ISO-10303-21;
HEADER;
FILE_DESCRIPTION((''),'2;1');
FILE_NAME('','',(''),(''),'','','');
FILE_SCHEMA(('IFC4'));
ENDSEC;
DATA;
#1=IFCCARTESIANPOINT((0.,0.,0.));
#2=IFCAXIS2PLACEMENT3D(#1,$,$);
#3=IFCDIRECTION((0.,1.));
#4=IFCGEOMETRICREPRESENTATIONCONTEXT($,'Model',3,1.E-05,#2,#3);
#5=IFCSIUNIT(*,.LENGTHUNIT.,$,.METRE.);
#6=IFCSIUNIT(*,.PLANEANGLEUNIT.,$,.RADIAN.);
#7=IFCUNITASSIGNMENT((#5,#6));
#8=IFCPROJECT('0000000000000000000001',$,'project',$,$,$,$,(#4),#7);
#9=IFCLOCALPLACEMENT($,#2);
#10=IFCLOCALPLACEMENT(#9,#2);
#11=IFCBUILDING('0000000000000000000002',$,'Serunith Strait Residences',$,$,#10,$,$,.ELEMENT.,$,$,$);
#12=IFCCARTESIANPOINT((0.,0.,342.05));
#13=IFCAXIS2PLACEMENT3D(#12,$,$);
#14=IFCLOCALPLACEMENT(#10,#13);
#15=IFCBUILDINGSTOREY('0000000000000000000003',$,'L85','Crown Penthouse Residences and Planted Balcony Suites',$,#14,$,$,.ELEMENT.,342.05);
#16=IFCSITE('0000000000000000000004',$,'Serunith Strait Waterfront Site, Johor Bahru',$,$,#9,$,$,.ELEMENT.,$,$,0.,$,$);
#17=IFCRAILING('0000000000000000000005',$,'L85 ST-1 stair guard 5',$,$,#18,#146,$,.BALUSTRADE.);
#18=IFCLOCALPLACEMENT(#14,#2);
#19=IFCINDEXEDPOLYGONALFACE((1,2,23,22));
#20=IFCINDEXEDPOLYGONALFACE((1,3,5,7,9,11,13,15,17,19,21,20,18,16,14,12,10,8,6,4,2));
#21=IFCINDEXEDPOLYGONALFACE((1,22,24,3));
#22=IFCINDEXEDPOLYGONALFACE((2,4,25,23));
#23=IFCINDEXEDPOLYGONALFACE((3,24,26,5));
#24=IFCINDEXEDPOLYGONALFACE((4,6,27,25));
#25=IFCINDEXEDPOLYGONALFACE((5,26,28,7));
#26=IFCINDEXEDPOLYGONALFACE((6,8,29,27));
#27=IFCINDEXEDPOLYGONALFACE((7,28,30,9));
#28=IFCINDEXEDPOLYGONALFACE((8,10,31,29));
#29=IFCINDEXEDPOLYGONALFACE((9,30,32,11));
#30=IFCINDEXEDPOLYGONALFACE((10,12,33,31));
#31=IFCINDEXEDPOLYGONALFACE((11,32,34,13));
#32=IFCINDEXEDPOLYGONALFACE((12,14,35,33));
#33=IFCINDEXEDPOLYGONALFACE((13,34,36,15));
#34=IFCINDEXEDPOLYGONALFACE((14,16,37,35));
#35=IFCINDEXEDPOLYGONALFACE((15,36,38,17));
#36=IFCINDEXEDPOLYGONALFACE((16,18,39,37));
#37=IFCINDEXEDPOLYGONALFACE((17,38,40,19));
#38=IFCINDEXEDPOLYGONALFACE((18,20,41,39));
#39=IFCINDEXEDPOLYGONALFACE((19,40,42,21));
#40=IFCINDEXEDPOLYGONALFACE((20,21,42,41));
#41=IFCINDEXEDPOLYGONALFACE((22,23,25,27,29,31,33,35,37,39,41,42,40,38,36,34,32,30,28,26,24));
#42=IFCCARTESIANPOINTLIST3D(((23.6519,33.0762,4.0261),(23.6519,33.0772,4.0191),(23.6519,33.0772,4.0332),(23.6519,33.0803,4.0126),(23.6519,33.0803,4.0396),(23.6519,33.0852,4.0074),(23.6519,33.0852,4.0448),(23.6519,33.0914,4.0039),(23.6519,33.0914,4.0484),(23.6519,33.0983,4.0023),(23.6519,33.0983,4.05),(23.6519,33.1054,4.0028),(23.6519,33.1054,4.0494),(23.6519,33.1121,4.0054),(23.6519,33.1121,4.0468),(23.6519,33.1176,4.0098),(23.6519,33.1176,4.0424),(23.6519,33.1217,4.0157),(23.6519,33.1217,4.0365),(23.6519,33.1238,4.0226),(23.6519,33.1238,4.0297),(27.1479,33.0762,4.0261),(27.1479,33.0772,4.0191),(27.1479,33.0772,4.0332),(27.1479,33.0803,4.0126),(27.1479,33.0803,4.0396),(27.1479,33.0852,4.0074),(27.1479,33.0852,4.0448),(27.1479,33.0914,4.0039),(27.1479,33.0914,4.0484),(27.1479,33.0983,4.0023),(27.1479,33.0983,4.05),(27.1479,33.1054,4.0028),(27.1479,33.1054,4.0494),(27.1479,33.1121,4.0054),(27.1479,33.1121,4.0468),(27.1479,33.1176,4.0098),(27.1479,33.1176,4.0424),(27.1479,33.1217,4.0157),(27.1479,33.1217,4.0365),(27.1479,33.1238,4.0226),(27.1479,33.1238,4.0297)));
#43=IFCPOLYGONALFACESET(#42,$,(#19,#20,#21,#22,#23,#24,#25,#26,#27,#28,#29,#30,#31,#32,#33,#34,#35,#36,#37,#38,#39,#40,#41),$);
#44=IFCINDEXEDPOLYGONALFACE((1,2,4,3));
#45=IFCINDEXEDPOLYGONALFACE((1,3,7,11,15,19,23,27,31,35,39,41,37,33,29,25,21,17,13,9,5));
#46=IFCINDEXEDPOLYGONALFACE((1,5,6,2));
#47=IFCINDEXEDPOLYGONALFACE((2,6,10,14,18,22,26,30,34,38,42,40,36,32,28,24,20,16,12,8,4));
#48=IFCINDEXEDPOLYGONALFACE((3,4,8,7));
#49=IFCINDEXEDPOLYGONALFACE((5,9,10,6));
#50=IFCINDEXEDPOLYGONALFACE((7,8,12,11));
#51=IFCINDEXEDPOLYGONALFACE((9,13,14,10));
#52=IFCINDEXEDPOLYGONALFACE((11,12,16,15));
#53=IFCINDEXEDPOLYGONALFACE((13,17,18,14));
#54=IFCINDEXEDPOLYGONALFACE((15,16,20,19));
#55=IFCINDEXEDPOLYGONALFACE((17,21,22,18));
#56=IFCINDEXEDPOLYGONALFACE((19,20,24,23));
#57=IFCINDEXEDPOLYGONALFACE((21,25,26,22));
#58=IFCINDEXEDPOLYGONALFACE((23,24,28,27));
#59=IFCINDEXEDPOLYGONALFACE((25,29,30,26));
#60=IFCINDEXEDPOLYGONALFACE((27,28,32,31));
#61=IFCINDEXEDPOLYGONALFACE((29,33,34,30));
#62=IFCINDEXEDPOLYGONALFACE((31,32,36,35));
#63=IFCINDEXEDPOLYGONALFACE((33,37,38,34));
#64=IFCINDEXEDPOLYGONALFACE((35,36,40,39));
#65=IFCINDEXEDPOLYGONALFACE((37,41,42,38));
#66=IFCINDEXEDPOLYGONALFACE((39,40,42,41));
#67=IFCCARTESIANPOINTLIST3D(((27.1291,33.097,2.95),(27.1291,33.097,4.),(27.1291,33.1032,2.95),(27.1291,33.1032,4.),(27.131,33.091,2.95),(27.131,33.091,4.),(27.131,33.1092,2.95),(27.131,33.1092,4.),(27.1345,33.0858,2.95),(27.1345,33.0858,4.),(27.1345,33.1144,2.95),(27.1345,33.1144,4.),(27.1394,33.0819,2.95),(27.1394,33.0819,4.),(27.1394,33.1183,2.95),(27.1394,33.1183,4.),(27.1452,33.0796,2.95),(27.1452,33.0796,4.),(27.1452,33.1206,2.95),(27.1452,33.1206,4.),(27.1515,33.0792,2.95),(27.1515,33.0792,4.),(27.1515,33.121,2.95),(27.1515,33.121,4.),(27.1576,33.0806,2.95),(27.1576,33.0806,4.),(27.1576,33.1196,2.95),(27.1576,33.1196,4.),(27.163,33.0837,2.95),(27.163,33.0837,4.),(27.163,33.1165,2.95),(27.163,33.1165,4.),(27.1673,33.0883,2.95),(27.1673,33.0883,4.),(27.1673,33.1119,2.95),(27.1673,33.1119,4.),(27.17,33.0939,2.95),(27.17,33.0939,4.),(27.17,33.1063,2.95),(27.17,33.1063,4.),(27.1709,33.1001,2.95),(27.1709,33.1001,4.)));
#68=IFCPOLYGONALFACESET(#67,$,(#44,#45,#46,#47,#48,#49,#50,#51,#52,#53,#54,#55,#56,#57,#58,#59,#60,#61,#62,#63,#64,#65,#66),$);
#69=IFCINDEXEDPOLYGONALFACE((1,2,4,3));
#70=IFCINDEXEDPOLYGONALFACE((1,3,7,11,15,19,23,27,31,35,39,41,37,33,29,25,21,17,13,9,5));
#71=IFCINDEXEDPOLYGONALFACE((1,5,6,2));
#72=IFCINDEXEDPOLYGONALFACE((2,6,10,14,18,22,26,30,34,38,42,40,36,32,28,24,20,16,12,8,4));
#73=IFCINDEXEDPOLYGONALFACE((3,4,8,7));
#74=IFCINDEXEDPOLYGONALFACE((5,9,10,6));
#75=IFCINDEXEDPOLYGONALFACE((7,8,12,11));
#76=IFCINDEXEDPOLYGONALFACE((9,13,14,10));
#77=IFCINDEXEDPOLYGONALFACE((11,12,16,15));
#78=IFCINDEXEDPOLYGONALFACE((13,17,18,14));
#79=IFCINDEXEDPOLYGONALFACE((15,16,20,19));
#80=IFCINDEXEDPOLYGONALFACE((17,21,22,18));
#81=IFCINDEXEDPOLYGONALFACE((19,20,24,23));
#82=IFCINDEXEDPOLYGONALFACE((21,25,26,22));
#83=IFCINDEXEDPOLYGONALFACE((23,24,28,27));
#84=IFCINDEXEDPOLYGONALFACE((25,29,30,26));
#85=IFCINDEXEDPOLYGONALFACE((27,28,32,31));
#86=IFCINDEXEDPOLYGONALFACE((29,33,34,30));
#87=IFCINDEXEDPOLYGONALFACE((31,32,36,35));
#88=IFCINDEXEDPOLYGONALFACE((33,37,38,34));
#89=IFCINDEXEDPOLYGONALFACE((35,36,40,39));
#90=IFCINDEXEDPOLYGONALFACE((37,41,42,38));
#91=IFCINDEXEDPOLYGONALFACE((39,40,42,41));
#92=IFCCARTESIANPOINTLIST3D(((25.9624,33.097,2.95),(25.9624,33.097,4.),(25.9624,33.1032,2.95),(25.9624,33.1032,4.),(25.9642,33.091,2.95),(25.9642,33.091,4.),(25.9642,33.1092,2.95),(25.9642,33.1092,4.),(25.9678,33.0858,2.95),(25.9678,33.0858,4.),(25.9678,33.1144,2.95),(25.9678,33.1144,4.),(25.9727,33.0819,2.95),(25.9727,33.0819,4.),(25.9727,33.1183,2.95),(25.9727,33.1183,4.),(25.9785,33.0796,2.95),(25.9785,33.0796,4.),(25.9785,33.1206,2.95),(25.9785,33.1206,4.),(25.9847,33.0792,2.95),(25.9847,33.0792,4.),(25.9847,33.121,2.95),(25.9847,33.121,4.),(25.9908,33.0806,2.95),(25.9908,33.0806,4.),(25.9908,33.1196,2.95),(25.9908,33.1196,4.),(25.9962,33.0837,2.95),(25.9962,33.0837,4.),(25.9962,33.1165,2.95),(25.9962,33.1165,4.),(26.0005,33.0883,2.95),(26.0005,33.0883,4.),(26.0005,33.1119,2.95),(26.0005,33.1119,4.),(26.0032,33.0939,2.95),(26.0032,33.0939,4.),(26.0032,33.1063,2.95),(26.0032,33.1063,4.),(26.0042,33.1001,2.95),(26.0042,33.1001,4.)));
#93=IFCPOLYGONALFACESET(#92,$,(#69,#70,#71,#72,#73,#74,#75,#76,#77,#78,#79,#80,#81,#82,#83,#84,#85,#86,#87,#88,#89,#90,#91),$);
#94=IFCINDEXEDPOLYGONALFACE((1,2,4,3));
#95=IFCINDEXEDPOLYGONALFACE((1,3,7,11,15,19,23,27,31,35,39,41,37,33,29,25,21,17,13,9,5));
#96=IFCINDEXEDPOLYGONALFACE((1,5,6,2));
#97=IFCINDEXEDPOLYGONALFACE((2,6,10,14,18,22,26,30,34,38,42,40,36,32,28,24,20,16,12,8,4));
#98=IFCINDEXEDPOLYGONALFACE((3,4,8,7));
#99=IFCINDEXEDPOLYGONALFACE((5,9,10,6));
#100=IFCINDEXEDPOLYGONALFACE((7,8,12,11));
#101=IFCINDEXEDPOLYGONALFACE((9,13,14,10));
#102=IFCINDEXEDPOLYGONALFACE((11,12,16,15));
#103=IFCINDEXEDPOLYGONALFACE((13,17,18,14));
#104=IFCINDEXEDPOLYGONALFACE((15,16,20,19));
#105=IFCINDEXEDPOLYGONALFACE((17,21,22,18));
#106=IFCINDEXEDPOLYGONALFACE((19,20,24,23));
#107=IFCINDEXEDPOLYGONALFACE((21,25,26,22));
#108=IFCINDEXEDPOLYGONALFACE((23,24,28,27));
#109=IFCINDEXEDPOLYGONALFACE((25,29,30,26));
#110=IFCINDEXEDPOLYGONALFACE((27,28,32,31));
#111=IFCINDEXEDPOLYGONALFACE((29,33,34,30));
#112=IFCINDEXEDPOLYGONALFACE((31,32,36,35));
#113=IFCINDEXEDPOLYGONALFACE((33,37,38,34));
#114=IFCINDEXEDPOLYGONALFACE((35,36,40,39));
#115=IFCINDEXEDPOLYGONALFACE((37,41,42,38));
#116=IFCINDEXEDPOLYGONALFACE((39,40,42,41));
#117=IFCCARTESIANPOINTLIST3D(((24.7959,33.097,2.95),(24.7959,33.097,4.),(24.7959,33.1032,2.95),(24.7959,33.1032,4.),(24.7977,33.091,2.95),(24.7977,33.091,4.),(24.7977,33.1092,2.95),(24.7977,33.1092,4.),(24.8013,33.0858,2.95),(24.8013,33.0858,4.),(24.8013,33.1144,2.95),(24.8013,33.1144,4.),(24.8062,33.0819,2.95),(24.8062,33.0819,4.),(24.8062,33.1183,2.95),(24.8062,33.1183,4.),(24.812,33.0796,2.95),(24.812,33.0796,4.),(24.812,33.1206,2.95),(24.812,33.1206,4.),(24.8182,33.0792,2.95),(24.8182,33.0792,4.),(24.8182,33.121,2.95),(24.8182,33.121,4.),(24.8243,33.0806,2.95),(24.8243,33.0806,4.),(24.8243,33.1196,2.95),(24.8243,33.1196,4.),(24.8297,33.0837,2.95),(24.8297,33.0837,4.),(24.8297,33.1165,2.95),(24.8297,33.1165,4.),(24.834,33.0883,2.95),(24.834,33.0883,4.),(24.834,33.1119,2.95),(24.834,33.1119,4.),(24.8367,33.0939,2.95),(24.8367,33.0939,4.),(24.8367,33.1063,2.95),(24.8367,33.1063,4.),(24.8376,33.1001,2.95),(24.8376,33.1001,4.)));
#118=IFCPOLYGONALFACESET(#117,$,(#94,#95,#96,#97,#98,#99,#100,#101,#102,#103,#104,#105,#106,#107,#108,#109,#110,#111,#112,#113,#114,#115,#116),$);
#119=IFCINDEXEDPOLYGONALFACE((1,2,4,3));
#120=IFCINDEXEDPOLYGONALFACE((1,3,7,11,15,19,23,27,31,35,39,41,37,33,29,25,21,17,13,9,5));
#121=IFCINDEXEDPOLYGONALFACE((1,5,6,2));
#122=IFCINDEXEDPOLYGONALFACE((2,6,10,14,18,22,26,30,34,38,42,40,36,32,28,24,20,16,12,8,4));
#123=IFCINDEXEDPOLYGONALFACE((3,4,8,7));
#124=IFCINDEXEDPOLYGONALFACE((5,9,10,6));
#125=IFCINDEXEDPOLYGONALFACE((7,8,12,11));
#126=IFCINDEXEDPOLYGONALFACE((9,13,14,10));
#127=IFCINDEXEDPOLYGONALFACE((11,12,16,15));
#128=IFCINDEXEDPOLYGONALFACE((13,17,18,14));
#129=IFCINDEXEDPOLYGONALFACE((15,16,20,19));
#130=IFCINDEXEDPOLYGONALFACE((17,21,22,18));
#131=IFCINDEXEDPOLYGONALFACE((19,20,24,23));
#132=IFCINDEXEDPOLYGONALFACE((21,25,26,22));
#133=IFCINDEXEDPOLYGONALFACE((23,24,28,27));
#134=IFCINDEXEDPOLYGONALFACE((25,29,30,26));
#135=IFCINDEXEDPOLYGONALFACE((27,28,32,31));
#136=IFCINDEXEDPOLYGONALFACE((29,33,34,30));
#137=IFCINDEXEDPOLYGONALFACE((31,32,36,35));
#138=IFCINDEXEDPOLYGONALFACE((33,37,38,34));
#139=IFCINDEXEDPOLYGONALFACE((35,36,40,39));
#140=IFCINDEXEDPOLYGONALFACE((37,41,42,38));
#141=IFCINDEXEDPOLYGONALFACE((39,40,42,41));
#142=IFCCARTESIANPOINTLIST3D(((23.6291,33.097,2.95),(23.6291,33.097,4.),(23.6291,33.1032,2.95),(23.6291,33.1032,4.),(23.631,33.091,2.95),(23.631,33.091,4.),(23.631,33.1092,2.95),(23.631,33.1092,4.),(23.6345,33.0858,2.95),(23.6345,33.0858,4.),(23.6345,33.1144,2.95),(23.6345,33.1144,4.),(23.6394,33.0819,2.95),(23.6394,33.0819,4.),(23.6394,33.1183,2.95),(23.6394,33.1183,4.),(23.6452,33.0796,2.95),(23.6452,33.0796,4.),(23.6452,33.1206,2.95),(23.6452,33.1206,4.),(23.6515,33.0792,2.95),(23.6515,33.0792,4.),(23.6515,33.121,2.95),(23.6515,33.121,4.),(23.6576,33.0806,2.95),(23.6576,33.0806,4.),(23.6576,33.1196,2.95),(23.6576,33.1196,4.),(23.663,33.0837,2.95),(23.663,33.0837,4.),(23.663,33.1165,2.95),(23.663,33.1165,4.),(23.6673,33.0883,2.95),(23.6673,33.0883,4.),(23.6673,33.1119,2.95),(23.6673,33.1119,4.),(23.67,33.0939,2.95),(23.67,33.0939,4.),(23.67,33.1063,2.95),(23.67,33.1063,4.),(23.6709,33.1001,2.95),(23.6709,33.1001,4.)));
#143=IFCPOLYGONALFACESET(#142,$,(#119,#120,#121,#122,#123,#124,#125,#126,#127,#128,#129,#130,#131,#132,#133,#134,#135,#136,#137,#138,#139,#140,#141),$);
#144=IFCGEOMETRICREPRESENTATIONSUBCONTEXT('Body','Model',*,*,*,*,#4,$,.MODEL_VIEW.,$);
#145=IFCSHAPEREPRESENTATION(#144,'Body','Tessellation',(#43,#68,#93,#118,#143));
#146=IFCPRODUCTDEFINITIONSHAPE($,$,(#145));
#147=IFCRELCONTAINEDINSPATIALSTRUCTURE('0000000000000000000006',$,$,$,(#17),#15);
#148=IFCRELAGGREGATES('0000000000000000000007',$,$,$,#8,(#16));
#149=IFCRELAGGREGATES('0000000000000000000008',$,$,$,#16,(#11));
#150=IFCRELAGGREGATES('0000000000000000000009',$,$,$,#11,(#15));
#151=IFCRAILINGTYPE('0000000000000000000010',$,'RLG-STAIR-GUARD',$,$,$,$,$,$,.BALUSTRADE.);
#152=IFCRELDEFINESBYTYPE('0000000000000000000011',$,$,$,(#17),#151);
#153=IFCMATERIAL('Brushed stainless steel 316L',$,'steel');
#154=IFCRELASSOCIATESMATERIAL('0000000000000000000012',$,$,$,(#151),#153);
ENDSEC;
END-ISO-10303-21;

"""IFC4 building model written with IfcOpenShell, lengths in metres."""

from ifc_helpers import new_model, si_unit, direction, frame, origin, origin_2d, place, context, subcontext, project, spatial, circle, extrude, material, type_object, element, save


model = new_model("IFC4")

# Units and contexts
model_context = context("Model", 3, precision=1e-05, world=origin(), true_north=direction((0.0, 1.0)))
body_context = subcontext(model_context, "Body", "Model", "MODEL_VIEW")
ifc_project = project(units=[si_unit("LENGTHUNIT", "METRE"), si_unit("PLANEANGLEUNIT", "RADIAN")], contexts=[model_context])

# Site, building, storey
site_placement = place(None, origin())
site = spatial("IfcSite", under=ifc_project, at=site_placement, Name="Serunith Strait Waterfront Site, Johor Bahru", CompositionType="ELEMENT", RefElevation=0.0)
building_placement = place(site_placement, origin())
building = spatial("IfcBuilding", under=site, at=building_placement, Name="Serunith Strait Residences", CompositionType="ELEMENT")
storey_placement = place(building_placement, frame((0.0, 0.0, 342.05)))
storey = spatial("IfcBuildingStorey", under=building, at=storey_placement, Name="L85", Description="Crown Penthouse Residences and Planted Balcony Suites", CompositionType="ELEMENT", Elevation=342.05)

# Railing
ifc_material_1 = material(Name="Brushed stainless steel 316L", Category="steel")
railing_type_1 = type_object("IfcRailingType", Name="RLG-STAIR-GUARD", PredefinedType="BALUSTRADE", material=ifc_material_1)
railing_1_placement = place(storey_placement, frame((27.1499, 33.1001, 2.95)))
element("IfcRailing", 1, at=railing_1_placement, inside=storey, type_object=railing_type_1, Name="L85 ST-1 stair guard 5", PredefinedType="BALUSTRADE", context=body_context, shape_type="SweptSolid", body=[
    extrude(circle(Radius=0.0239, at=origin_2d()), frame((-0.002, 0.0, 1.0762), z_axis=(-1.0, 0.0, 0.0), x_axis=(0.0, -1.0, 0.0)), (0.0, 0.0, 1.0), 3.4961),
    extrude(circle(Radius=0.021, at=origin_2d()), origin(), (0.0, 0.0, 1.0), 1.05),
    extrude(circle(Radius=0.021, at=origin_2d()), frame((-1.1667, 0.0, 0.0)), (0.0, 0.0, 1.0), 1.05),
    extrude(circle(Radius=0.021, at=origin_2d()), frame((-2.3333, 0.0, 0.0)), (0.0, 0.0, 1.0), 1.05),
    extrude(circle(Radius=0.021, at=origin_2d()), frame((-3.5, 0.0, 0.0)), (0.0, 0.0, 1.0), 1.05),
])

save(model, "model.ifc")
